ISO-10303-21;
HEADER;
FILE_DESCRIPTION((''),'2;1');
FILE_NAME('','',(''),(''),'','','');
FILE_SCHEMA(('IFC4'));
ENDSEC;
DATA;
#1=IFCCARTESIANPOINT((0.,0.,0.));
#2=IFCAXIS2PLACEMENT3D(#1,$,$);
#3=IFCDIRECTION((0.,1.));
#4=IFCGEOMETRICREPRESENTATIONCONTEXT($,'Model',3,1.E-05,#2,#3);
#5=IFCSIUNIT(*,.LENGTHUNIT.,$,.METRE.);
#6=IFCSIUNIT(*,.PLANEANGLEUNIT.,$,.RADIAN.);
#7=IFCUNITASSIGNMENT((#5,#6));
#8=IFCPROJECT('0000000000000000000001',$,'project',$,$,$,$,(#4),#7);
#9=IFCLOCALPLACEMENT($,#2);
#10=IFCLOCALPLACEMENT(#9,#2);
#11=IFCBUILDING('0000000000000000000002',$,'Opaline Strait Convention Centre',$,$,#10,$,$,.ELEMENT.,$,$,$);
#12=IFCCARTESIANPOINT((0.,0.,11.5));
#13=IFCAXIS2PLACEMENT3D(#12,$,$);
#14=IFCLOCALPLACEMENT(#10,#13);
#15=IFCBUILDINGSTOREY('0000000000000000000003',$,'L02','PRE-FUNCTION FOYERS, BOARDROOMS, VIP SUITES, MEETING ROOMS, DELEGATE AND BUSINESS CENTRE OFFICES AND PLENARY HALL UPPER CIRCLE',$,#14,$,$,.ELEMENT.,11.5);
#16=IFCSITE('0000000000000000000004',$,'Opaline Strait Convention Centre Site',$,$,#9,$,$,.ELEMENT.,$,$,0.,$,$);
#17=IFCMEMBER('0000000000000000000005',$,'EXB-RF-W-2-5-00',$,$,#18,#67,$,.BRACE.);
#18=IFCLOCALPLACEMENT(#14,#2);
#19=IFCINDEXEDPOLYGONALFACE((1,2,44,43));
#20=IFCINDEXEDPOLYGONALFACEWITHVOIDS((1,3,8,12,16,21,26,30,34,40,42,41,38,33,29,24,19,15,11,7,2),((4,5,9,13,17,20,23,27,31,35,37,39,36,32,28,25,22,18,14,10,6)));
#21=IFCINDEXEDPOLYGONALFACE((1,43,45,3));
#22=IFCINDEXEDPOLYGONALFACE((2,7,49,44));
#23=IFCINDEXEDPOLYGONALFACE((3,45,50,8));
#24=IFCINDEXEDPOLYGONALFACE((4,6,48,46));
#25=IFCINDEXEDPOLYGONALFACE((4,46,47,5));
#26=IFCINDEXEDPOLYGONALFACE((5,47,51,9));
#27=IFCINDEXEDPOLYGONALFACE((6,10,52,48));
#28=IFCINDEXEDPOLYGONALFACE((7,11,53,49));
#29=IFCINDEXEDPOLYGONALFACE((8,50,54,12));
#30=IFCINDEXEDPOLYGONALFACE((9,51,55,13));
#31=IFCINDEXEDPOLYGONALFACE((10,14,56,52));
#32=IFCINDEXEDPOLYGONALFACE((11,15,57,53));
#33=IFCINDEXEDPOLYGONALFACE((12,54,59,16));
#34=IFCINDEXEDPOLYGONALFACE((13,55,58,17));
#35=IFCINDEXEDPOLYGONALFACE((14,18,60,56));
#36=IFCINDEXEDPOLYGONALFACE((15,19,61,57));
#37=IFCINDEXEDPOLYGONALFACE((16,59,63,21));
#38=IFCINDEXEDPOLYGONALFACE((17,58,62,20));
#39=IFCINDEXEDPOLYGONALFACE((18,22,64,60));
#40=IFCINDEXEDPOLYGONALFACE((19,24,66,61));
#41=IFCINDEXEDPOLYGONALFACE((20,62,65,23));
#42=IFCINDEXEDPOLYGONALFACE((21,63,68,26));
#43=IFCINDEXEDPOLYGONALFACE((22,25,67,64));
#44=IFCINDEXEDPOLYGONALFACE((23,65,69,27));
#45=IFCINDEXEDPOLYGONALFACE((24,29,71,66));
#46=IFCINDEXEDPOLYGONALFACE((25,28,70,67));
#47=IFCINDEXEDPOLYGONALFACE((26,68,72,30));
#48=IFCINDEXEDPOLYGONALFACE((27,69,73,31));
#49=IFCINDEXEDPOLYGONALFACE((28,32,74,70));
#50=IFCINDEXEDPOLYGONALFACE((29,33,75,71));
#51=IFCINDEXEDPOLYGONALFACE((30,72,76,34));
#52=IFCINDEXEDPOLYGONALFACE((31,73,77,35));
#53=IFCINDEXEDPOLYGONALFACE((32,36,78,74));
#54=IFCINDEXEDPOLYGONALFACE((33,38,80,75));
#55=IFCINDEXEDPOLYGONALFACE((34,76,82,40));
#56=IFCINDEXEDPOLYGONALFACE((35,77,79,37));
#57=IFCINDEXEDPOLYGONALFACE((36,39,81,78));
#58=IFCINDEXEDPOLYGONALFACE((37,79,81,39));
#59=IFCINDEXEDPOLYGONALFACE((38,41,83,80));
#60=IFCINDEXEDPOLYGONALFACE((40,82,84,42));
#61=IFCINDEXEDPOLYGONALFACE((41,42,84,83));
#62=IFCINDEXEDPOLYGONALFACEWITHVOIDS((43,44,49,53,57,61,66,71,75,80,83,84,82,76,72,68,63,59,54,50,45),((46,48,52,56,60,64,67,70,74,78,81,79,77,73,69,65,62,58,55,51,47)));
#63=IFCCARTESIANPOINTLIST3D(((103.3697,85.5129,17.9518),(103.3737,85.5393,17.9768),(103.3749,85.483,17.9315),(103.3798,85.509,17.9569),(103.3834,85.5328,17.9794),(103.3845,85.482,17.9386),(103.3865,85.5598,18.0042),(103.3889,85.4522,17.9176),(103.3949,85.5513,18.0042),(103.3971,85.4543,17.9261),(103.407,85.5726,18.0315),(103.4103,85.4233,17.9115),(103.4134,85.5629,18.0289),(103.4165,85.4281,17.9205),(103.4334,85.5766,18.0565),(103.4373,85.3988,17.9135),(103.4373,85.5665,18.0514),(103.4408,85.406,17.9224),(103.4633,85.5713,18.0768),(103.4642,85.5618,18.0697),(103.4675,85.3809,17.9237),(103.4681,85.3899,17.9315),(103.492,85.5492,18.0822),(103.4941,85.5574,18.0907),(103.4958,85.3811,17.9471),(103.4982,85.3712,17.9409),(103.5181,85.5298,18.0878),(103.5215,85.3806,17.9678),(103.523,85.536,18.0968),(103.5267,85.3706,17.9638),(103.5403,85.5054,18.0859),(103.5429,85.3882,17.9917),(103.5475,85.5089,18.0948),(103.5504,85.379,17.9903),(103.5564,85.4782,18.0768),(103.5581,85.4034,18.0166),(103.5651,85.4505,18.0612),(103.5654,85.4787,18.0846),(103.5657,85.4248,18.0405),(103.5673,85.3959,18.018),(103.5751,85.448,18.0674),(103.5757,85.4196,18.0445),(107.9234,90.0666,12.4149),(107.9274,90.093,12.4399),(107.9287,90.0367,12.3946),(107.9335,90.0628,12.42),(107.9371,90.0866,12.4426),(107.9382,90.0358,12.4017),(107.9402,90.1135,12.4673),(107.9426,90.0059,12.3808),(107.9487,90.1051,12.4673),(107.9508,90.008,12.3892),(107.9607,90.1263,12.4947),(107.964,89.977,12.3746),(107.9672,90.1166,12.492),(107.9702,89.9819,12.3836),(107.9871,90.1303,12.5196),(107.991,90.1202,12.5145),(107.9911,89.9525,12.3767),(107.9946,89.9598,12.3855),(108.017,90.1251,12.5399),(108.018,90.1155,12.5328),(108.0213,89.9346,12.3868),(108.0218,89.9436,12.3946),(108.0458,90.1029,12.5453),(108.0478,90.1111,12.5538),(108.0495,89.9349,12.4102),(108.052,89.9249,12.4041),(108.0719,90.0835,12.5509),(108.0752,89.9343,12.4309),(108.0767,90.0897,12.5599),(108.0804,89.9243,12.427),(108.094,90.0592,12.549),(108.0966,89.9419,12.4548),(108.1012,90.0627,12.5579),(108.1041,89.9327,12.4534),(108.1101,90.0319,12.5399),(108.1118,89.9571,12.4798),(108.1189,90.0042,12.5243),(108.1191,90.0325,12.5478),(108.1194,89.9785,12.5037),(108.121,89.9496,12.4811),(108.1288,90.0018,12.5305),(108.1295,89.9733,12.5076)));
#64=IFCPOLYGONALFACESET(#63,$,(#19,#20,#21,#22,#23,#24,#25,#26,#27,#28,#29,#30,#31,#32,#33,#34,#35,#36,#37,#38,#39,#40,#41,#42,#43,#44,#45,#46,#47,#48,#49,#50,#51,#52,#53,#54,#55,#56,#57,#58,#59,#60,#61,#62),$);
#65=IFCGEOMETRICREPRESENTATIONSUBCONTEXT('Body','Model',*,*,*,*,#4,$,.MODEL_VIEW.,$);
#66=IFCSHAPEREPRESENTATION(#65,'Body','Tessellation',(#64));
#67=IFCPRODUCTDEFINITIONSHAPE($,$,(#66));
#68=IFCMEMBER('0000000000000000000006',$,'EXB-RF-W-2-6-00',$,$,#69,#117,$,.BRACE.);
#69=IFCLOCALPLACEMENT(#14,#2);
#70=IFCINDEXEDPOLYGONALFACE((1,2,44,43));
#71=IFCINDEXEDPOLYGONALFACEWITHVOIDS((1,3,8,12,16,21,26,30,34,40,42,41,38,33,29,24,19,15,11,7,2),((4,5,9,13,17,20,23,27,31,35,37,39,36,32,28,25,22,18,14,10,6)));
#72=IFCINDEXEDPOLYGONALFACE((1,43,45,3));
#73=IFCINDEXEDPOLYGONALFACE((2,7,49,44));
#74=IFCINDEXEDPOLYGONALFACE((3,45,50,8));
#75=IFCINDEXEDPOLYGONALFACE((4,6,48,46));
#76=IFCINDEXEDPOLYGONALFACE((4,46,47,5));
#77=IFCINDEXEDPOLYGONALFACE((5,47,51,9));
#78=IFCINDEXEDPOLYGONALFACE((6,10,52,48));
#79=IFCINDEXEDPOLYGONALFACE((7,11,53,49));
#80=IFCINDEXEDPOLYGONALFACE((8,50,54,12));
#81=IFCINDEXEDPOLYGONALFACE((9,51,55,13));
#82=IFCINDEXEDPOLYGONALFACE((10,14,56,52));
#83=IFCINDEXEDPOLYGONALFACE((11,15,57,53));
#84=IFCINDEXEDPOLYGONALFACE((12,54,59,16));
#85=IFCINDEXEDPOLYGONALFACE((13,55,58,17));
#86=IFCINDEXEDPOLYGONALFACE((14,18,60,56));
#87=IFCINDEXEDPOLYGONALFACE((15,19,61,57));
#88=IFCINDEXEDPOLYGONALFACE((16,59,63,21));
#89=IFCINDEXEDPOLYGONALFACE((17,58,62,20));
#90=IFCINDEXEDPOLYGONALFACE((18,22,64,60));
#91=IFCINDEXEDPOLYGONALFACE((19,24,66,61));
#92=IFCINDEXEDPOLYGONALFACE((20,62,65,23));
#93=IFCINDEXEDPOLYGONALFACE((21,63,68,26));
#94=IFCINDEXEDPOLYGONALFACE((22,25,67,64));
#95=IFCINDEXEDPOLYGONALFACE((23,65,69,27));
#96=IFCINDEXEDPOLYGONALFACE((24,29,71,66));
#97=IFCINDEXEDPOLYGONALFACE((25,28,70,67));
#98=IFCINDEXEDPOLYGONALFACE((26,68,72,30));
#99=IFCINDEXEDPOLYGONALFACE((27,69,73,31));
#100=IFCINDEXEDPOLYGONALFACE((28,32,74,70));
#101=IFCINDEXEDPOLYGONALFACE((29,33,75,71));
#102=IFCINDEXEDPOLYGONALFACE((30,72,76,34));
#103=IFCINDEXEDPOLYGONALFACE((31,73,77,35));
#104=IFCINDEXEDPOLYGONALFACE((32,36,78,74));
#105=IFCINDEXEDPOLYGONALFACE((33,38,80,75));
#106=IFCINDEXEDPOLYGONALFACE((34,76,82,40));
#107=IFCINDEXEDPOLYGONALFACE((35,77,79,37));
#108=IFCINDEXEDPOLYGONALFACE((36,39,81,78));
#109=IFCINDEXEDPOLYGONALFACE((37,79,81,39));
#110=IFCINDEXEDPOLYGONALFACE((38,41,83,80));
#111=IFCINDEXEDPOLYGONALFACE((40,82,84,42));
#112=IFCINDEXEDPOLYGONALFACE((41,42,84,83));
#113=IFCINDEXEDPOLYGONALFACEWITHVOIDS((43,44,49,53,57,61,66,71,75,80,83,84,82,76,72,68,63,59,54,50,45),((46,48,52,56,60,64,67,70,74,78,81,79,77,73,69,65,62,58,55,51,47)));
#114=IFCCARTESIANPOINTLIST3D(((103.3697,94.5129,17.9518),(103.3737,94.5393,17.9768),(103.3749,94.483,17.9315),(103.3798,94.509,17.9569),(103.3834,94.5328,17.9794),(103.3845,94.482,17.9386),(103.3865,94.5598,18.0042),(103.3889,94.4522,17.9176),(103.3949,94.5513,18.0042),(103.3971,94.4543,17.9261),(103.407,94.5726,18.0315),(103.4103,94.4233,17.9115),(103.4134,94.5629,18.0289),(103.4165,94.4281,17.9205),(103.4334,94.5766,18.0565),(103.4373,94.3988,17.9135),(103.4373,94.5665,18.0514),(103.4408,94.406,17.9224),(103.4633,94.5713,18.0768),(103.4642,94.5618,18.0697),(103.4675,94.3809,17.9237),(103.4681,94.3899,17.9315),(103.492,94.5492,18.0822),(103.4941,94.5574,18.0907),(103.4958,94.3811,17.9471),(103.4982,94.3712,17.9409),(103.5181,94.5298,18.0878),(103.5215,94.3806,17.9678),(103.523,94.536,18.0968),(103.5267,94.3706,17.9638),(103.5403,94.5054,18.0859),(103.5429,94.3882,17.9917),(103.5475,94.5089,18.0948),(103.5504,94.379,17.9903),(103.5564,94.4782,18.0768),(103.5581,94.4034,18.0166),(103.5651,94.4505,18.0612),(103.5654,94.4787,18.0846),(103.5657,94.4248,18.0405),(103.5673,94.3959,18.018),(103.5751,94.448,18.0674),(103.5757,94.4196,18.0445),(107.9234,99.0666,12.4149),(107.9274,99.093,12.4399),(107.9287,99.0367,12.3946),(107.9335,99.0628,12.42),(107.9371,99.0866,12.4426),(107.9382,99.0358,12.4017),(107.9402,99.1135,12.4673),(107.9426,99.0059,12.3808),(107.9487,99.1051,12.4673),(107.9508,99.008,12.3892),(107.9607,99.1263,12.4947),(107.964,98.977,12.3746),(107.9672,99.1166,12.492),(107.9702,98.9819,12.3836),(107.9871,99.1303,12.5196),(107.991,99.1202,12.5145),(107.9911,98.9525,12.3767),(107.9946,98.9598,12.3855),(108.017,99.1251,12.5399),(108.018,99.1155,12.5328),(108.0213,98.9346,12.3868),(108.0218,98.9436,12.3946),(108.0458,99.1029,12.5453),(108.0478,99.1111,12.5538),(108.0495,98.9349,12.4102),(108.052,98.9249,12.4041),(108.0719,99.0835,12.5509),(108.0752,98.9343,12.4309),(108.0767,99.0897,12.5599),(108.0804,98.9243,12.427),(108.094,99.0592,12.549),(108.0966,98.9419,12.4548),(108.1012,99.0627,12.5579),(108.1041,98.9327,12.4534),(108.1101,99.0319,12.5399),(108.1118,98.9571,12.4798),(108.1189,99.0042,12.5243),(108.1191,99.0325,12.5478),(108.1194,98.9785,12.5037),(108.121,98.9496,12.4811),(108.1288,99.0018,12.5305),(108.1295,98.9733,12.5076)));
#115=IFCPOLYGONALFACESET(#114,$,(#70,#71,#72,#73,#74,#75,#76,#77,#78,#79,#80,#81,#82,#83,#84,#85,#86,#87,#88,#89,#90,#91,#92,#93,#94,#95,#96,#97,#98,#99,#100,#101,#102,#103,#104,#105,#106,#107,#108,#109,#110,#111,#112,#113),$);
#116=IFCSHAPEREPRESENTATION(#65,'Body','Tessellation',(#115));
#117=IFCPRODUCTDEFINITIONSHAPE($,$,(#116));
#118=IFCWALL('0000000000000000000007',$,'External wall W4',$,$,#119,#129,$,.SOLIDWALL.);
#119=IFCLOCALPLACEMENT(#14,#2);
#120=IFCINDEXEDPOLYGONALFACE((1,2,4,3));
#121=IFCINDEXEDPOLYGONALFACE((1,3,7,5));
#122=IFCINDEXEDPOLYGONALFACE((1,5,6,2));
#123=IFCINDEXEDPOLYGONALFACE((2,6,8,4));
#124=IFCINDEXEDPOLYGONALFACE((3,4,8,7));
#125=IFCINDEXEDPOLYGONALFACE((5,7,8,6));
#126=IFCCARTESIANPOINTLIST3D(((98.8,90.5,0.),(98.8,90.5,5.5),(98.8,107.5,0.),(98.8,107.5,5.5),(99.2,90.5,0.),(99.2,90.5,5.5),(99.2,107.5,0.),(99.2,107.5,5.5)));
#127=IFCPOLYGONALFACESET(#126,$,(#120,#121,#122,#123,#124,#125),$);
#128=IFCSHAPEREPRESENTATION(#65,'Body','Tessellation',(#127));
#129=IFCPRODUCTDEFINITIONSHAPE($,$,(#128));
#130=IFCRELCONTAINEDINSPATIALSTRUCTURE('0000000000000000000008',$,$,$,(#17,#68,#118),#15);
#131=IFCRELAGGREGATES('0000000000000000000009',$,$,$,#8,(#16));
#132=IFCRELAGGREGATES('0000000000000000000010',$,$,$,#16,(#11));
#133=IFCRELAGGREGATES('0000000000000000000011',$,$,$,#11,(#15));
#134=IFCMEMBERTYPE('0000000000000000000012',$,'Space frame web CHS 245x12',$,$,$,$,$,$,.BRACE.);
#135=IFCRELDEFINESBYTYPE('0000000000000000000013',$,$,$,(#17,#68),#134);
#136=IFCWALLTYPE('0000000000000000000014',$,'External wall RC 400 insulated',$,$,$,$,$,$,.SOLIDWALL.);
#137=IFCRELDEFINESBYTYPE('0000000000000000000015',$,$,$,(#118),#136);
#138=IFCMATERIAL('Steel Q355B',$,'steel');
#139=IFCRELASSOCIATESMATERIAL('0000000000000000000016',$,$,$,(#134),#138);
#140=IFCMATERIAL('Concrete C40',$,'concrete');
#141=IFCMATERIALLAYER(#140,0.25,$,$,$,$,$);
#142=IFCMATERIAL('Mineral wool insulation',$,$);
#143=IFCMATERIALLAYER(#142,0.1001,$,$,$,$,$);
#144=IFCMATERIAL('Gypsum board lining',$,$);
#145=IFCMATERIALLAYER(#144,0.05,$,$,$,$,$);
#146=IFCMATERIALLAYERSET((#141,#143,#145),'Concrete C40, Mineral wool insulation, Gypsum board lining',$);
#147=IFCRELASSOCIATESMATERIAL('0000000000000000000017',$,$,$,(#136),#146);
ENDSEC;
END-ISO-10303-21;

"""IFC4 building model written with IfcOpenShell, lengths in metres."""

from ifc_helpers import new_model, si_unit, direction, frame, frame_2d, origin, origin_2d, place, context, subcontext, project, spatial, rectangle, hollow_circle, extrude, material, layer, layer_set, material_profile, profile_set, type_object, element, save


model = new_model("IFC4")

# Units and contexts
model_context = context("Model", 3, precision=1e-05, world=origin(), true_north=direction((0.0, 1.0)))
body_context = subcontext(model_context, "Body", "Model", "MODEL_VIEW")
ifc_project = project(units=[si_unit("LENGTHUNIT", "METRE"), si_unit("PLANEANGLEUNIT", "RADIAN")], contexts=[model_context])

# Site, building, storey
site_placement = place(None, origin())
site = spatial("IfcSite", under=ifc_project, at=site_placement, Name="Opaline Strait Convention Centre Site", CompositionType="ELEMENT", RefElevation=0.0)
building_placement = place(site_placement, origin())
building = spatial("IfcBuilding", under=site, at=building_placement, Name="Opaline Strait Convention Centre", CompositionType="ELEMENT")
storey_placement = place(building_placement, frame((0.0, 0.0, 11.5)))
storey = spatial("IfcBuildingStorey", under=building, at=storey_placement, Name="L02", Description="PRE-FUNCTION FOYERS, BOARDROOMS, VIP SUITES, MEETING ROOMS, DELEGATE AND BUSINESS CENTRE OFFICES AND PLENARY HALL UPPER CIRCLE", CompositionType="ELEMENT", Elevation=11.5)

# Shared definitions
ifc_material_1 = material(Name="Steel Q355B", Category="steel")

# Members
ifc_material_profile_1 = material_profile(ifc_material_1, hollow_circle(Radius=0.1226, WallThickness=0.012, at=origin_2d()), Name="CHS 245x12")
ifc_profile_set_1 = profile_set([ifc_material_profile_1], Name="Steel Q355B")
member_type_1 = type_object("IfcMemberType", Name="Space frame web CHS 245x12", PredefinedType="BRACE", material=ifc_profile_set_1)
for number, where, z_axis, x_axis, name in (
    (1, (103.4731, 85.4731, 18.0042), (0.536178, 0.536178, -0.65194), (-0.707107, 0.707107, 0.0), "EXB-RF-W-2-5-00"),
    (2, (103.4731, 94.4731, 18.0042), (0.536178, 0.536178, -0.65194), (-0.707107, 0.707107, 0.0), "EXB-RF-W-2-6-00"),
):
    element("IfcMember", number, at=place(storey_placement, frame(where, z_axis=z_axis, x_axis=x_axis)), inside=storey, type_object=member_type_1, Name=name, PredefinedType="BRACE", context=body_context, shape_type="SweptSolid", body=[
        extrude(hollow_circle(Radius=0.1226, WallThickness=0.012, at=origin_2d()), origin(), (0.0, 0.0, 1.0), 8.4929),
    ])

# Wall
ifc_material_2 = material(Name="Concrete C40", Category="concrete")
ifc_layer_1 = layer(ifc_material_2, 0.25)
ifc_material_3 = material(Name="Mineral wool insulation")
ifc_layer_2 = layer(ifc_material_3, 0.1001)
ifc_material_4 = material(Name="Gypsum board lining")
ifc_layer_3 = layer(ifc_material_4, 0.05)
ifc_layer_set = layer_set([ifc_layer_1, ifc_layer_2, ifc_layer_3], Name="Concrete C40, Mineral wool insulation, Gypsum board lining")
wall_type = type_object("IfcWallType", Name="External wall RC 400 insulated", PredefinedType="SOLIDWALL", material=ifc_layer_set)
wall_placement = place(storey_placement, frame((99.0, 90.5, 0.0), z_axis=(0.0, 0.0, 1.0), x_axis=(0.0, 1.0, 0.0)))
element("IfcWall", 3, at=wall_placement, inside=storey, type_object=wall_type, Name="External wall W4", PredefinedType="SOLIDWALL", context=body_context, shape_type="SweptSolid", body=[
    extrude(rectangle(XDim=17.0, YDim=0.3999, at=frame_2d((8.5, 0.0))), origin(), (0.0, 0.0, 1.0), 5.5),
])

save(model, "model.ifc")
